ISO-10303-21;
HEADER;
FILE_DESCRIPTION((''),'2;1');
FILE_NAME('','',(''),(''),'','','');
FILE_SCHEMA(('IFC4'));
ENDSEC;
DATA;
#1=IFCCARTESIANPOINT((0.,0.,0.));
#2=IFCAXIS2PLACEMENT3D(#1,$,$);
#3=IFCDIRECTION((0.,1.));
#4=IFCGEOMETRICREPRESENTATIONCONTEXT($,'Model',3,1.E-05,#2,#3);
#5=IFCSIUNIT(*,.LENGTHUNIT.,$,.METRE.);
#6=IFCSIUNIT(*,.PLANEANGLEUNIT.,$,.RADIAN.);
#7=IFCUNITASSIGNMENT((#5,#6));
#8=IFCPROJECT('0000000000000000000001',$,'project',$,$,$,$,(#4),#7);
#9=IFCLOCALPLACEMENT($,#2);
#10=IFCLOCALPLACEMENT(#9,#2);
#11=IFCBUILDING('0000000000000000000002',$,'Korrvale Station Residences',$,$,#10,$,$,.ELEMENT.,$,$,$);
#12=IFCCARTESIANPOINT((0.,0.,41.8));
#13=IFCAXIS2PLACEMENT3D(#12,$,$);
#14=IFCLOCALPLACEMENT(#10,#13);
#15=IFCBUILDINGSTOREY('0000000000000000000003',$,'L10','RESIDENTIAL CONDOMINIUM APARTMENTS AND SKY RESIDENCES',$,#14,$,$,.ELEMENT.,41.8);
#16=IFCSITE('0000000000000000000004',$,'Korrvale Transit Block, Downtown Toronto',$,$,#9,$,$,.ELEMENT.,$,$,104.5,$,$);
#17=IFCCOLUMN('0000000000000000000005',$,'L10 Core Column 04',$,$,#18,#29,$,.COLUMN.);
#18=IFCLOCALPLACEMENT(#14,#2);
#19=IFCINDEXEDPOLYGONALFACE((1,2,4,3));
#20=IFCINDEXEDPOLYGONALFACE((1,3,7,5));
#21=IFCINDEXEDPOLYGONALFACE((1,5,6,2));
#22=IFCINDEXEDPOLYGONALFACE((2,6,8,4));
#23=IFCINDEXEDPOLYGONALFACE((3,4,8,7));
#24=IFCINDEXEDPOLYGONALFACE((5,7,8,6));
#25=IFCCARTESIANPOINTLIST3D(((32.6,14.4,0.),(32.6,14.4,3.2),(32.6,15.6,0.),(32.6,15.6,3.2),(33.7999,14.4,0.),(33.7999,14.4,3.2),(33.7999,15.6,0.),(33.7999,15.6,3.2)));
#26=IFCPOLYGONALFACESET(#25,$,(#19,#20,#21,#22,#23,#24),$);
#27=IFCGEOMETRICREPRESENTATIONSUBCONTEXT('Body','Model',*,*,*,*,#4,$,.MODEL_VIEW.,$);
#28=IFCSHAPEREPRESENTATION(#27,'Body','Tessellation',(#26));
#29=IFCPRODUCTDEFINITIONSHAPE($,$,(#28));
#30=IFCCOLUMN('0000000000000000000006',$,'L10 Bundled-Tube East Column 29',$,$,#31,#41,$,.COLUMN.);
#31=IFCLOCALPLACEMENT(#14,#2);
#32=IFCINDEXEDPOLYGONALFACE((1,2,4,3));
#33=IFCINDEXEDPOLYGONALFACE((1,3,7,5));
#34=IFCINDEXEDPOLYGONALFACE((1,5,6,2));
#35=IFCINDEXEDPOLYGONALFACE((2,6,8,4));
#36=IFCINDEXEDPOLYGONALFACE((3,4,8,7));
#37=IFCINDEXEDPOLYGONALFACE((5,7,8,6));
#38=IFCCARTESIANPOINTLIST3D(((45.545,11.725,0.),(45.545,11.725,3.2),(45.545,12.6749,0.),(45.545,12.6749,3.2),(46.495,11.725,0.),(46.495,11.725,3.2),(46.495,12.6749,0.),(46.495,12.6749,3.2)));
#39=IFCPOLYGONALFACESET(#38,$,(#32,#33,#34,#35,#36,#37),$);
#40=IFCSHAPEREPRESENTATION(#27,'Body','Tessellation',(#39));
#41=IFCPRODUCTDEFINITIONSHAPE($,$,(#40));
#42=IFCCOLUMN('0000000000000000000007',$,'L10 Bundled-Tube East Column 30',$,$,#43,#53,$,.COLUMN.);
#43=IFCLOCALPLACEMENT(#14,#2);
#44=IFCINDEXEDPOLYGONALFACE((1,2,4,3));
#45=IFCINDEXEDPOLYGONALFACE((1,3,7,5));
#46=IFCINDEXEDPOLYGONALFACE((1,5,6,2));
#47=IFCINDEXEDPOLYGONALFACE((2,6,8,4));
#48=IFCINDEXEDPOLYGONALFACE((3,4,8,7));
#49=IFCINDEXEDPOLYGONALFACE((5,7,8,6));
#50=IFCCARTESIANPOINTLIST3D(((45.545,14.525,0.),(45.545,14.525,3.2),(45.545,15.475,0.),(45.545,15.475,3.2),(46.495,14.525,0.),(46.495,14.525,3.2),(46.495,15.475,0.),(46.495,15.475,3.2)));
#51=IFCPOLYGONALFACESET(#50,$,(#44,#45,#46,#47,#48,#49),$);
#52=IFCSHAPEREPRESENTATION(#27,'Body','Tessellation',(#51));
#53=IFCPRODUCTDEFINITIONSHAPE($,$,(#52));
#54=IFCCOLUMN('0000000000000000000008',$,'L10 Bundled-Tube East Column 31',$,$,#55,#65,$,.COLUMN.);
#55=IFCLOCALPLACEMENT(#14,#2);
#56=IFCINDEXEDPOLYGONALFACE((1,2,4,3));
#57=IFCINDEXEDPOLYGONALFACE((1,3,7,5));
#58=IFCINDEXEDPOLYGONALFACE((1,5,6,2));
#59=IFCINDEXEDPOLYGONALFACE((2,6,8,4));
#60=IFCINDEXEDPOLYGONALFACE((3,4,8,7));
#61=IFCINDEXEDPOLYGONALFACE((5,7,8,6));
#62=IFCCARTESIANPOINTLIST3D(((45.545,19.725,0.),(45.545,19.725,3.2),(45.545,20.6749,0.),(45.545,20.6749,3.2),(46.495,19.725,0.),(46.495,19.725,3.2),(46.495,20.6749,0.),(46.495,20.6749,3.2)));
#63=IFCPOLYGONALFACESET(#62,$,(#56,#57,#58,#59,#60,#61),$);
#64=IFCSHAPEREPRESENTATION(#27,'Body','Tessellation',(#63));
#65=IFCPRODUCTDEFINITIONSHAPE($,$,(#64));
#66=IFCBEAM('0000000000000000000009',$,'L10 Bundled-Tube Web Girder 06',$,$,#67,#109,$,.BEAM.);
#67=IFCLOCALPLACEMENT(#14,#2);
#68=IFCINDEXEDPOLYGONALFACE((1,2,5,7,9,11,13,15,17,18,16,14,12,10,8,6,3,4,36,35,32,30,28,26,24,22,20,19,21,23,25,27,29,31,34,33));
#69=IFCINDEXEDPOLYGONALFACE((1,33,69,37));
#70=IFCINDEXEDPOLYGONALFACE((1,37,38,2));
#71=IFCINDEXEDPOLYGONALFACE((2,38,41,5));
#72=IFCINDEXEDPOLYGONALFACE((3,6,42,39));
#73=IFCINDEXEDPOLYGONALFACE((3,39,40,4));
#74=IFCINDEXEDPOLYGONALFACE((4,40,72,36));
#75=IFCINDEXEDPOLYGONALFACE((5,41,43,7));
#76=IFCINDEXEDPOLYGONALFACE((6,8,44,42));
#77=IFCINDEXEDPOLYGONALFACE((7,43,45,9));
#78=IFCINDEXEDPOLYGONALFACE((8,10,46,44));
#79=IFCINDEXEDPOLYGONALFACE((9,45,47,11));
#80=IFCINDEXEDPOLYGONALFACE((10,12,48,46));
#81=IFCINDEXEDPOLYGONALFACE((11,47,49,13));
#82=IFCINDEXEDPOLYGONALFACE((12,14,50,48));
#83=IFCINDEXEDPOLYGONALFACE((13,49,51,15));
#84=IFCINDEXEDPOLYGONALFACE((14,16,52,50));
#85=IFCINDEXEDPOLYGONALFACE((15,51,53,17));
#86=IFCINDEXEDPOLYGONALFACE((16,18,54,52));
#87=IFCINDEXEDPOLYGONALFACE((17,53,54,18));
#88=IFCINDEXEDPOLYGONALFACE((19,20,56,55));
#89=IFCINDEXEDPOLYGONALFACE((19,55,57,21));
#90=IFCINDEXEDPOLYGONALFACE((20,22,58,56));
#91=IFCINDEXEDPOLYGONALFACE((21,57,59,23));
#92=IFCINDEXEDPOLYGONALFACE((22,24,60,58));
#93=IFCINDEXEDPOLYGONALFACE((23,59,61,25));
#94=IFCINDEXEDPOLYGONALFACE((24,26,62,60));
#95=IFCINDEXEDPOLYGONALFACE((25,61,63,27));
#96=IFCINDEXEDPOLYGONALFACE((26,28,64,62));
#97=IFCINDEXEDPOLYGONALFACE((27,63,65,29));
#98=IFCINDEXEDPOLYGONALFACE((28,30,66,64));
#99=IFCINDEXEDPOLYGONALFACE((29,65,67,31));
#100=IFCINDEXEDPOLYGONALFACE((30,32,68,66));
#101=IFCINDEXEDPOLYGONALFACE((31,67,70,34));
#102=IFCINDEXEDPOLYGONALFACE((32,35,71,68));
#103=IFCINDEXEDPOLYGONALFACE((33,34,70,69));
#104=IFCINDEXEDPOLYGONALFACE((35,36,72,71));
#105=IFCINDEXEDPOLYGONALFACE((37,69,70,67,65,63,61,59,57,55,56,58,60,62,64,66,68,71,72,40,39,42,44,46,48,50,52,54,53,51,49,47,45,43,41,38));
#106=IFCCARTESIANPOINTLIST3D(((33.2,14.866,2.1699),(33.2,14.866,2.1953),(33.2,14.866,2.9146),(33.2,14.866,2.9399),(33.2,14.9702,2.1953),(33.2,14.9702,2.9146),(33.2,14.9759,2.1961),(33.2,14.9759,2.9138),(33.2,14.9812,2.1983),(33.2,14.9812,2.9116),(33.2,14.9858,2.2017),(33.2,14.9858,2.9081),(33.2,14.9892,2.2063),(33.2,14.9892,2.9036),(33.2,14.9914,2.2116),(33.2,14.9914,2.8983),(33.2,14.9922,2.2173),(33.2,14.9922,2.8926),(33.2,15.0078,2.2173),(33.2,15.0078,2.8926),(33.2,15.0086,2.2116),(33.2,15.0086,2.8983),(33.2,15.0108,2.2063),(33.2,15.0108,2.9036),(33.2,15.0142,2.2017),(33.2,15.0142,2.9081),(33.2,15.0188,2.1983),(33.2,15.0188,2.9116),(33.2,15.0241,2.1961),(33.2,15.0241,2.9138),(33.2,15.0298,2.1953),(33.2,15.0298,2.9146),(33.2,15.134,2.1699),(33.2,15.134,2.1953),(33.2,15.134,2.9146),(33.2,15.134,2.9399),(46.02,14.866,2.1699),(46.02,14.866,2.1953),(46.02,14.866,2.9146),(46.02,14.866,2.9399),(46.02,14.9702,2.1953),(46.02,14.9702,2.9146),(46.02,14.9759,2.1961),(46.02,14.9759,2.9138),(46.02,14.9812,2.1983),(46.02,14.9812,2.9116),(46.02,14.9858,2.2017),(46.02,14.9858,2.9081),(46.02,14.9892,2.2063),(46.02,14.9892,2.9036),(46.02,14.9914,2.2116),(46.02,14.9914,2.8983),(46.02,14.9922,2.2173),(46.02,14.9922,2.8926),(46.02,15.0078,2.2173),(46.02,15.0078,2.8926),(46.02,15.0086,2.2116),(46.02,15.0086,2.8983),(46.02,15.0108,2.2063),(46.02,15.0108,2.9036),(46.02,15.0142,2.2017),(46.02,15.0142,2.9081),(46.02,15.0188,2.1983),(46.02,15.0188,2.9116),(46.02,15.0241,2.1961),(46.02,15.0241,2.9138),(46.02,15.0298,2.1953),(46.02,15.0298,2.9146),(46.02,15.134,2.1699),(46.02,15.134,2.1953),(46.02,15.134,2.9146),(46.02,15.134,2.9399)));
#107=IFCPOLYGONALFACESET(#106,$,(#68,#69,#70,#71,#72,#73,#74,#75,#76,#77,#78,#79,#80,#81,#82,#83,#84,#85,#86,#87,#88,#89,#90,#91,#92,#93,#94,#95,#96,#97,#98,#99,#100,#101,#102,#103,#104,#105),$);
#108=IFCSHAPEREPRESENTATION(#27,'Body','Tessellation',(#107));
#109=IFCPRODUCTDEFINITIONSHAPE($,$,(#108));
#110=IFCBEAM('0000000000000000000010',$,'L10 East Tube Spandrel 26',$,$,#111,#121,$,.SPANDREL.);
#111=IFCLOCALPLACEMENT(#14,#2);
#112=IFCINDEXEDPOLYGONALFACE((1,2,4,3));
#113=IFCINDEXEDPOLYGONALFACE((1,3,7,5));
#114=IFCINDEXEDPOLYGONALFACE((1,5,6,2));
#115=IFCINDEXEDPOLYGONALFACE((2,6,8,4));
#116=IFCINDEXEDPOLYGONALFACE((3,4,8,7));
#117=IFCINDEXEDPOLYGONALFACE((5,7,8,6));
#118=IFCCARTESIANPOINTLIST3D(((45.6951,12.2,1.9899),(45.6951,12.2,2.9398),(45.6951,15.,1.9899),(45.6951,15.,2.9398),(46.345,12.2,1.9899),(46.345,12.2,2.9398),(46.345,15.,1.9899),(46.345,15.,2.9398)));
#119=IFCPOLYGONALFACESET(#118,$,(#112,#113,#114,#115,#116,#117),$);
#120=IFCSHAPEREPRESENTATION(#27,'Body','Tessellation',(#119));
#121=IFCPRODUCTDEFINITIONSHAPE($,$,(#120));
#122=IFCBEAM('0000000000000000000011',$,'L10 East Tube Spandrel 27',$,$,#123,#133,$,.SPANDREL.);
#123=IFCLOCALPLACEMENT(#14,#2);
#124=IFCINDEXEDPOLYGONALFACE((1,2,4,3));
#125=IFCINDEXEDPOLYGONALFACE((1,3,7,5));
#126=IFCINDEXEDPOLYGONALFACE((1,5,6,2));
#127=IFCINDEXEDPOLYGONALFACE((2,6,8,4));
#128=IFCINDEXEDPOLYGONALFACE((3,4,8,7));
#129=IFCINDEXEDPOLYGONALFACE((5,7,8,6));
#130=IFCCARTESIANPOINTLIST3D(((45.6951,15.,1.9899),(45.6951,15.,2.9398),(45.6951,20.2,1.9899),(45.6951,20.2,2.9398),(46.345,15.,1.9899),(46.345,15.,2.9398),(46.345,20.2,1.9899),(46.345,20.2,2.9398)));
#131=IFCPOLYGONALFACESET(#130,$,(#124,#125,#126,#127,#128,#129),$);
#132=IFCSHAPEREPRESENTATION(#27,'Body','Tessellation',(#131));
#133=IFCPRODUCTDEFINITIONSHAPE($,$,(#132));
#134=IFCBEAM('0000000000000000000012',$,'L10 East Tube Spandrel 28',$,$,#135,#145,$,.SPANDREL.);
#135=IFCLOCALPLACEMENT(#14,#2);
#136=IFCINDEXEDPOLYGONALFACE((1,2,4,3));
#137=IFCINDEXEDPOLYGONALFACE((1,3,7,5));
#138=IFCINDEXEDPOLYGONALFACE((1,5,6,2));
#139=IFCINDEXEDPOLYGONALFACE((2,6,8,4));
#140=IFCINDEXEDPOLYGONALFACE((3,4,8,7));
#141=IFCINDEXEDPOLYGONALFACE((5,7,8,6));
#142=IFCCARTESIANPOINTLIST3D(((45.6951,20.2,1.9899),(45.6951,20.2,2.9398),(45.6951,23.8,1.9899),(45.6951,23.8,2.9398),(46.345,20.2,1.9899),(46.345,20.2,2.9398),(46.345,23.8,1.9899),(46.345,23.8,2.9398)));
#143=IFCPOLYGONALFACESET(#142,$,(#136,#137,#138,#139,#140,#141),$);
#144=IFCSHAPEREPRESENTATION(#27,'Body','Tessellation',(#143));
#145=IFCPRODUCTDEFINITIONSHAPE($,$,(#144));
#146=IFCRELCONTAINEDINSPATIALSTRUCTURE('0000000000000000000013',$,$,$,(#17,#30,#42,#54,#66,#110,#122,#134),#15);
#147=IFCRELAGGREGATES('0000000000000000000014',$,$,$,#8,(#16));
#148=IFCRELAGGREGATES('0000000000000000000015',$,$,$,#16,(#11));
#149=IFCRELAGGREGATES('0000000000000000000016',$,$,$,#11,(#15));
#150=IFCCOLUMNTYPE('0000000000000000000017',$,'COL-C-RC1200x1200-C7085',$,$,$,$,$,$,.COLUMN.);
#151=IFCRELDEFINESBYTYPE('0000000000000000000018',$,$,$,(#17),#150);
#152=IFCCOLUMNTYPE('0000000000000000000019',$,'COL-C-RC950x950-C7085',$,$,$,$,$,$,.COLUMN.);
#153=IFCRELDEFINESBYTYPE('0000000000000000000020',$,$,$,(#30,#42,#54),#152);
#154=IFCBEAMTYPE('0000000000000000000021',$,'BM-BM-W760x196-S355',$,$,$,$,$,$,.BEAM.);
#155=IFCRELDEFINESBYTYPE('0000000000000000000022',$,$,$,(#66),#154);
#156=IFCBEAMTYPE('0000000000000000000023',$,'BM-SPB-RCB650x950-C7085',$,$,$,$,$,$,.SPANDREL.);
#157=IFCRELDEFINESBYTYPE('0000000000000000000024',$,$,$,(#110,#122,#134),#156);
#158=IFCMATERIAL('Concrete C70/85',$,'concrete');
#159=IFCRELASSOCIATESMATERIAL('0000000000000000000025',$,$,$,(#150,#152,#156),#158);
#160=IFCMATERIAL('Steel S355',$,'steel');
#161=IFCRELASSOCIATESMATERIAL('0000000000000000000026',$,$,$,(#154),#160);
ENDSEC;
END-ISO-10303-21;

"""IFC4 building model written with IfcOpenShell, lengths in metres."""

from ifc_helpers import new_model, si_unit, direction, frame, origin, origin_2d, place, context, subcontext, project, spatial, rectangle, i_section, extrude, material, material_profile, profile_set, type_object, element, save


model = new_model("IFC4")

# Units and contexts
model_context = context("Model", 3, precision=1e-05, world=origin(), true_north=direction((0.0, 1.0)))
body_context = subcontext(model_context, "Body", "Model", "MODEL_VIEW")
ifc_project = project(units=[si_unit("LENGTHUNIT", "METRE"), si_unit("PLANEANGLEUNIT", "RADIAN")], contexts=[model_context])

# Site, building, storey
site_placement = place(None, origin())
site = spatial("IfcSite", under=ifc_project, at=site_placement, Name="Korrvale Transit Block, Downtown Toronto", CompositionType="ELEMENT", RefElevation=104.5)
building_placement = place(site_placement, origin())
building = spatial("IfcBuilding", under=site, at=building_placement, Name="Korrvale Station Residences", CompositionType="ELEMENT")
storey_placement = place(building_placement, frame((0.0, 0.0, 41.8)))
storey = spatial("IfcBuildingStorey", under=building, at=storey_placement, Name="L10", Description="RESIDENTIAL CONDOMINIUM APARTMENTS AND SKY RESIDENCES", CompositionType="ELEMENT", Elevation=41.8)

# Columns
ifc_material_1 = material(Name="Concrete C70/85", Category="concrete")
ifc_material_profile_1 = material_profile(ifc_material_1, rectangle(XDim=1.2, YDim=1.2, at=origin_2d()), Name="RC1200x1200")
ifc_profile_set_1 = profile_set([ifc_material_profile_1], Name="Concrete C70/85")
column_type_1 = type_object("IfcColumnType", Name="COL-C-RC1200x1200-C7085", PredefinedType="COLUMN", material=ifc_profile_set_1)
column_placement = place(storey_placement, frame((33.2, 15.0, 0.0), z_axis=(0.0, 0.0, 1.0), x_axis=(1.0, 0.0, 0.0)))
element("IfcColumn", 1, at=column_placement, inside=storey, type_object=column_type_1, Name="L10 Core Column 04", PredefinedType="COLUMN", context=body_context, shape_type="SweptSolid", body=[
    extrude(rectangle(XDim=1.2, YDim=1.2, at=origin_2d()), origin(), (0.0, 0.0, 1.0), 3.2),
])
ifc_material_profile_2 = material_profile(ifc_material_1, rectangle(XDim=0.95, YDim=0.95, at=origin_2d()), Name="RC950x950")
ifc_profile_set_2 = profile_set([ifc_material_profile_2], Name="Concrete C70/85")
column_type_2 = type_object("IfcColumnType", Name="COL-C-RC950x950-C7085", PredefinedType="COLUMN", material=ifc_profile_set_2)
for number, where, z_axis, x_axis, name in (
    (2, (46.02, 12.2, 0.0), (0.0, 0.0, 1.0), (1.0, 0.0, 0.0), "L10 Bundled-Tube East Column 29"),
    (3, (46.02, 15.0, 0.0), (0.0, 0.0, 1.0), (1.0, 0.0, 0.0), "L10 Bundled-Tube East Column 30"),
    (4, (46.02, 20.2, 0.0), (0.0, 0.0, 1.0), (1.0, 0.0, 0.0), "L10 Bundled-Tube East Column 31"),
):
    element("IfcColumn", number, at=place(storey_placement, frame(where, z_axis=z_axis, x_axis=x_axis)), inside=storey, type_object=column_type_2, Name=name, PredefinedType="COLUMN", context=body_context, shape_type="SweptSolid", body=[
        extrude(rectangle(XDim=0.95, YDim=0.95, at=origin_2d()), origin(), (0.0, 0.0, 1.0), 3.2),
    ])

# Beams
ifc_material_2 = material(Name="Steel S355", Category="steel")
ifc_material_profile_3 = material_profile(ifc_material_2, i_section(OverallWidth=0.2681, OverallDepth=0.77, WebThickness=0.0156, FlangeThickness=0.0254, FilletRadius=0.022, at=origin_2d()), Name="W760x196")
ifc_profile_set_3 = profile_set([ifc_material_profile_3], Name="Steel S355")
beam_type_1 = type_object("IfcBeamType", Name="BM-BM-W760x196-S355", PredefinedType="BEAM", material=ifc_profile_set_3)
beam_1_placement = place(storey_placement, frame((33.2, 15.0, 2.5549), z_axis=(1.0, 0.0, 0.0), x_axis=(0.0, 1.0, 0.0)))
element("IfcBeam", 5, at=beam_1_placement, inside=storey, type_object=beam_type_1, Name="L10 Bundled-Tube Web Girder 06", PredefinedType="BEAM", context=body_context, shape_type="SweptSolid", body=[
    extrude(i_section(OverallWidth=0.2681, OverallDepth=0.77, WebThickness=0.0156, FlangeThickness=0.0254, FilletRadius=0.022, at=origin_2d()), origin(), (0.0, 0.0, 1.0), 12.8201),
])
ifc_material_profile_4 = material_profile(ifc_material_1, rectangle(XDim=0.6499, YDim=0.95, at=origin_2d()), Name="RCB650x950")
ifc_profile_set_4 = profile_set([ifc_material_profile_4], Name="Concrete C70/85")
beam_type_2 = type_object("IfcBeamType", Name="BM-SPB-RCB650x950-C7085", PredefinedType="SPANDREL", material=ifc_profile_set_4)
beam_2_placement = place(storey_placement, frame((46.02, 12.2, 2.4648), z_axis=(0.0, 1.0, 0.0), x_axis=(-1.0, 0.0, 0.0)))
element("IfcBeam", 6, at=beam_2_placement, inside=storey, type_object=beam_type_2, Name="L10 East Tube Spandrel 26", PredefinedType="SPANDREL", context=body_context, shape_type="SweptSolid", body=[
    extrude(rectangle(XDim=0.6499, YDim=0.95, at=origin_2d()), origin(), (0.0, 0.0, 1.0), 2.8),
])
beam_3_placement = place(storey_placement, frame((46.02, 15.0, 2.4648), z_axis=(0.0, 1.0, 0.0), x_axis=(-1.0, 0.0, 0.0)))
element("IfcBeam", 7, at=beam_3_placement, inside=storey, type_object=beam_type_2, Name="L10 East Tube Spandrel 27", PredefinedType="SPANDREL", context=body_context, shape_type="SweptSolid", body=[
    extrude(rectangle(XDim=0.6499, YDim=0.95, at=origin_2d()), origin(), (0.0, 0.0, 1.0), 5.2),
])
beam_4_placement = place(storey_placement, frame((46.02, 20.2, 2.4648), z_axis=(0.0, 1.0, 0.0), x_axis=(-1.0, 0.0, 0.0)))
element("IfcBeam", 8, at=beam_4_placement, inside=storey, type_object=beam_type_2, Name="L10 East Tube Spandrel 28", PredefinedType="SPANDREL", context=body_context, shape_type="SweptSolid", body=[
    extrude(rectangle(XDim=0.6499, YDim=0.95, at=origin_2d()), origin(), (0.0, 0.0, 1.0), 3.6001),
])

save(model, "model.ifc")
